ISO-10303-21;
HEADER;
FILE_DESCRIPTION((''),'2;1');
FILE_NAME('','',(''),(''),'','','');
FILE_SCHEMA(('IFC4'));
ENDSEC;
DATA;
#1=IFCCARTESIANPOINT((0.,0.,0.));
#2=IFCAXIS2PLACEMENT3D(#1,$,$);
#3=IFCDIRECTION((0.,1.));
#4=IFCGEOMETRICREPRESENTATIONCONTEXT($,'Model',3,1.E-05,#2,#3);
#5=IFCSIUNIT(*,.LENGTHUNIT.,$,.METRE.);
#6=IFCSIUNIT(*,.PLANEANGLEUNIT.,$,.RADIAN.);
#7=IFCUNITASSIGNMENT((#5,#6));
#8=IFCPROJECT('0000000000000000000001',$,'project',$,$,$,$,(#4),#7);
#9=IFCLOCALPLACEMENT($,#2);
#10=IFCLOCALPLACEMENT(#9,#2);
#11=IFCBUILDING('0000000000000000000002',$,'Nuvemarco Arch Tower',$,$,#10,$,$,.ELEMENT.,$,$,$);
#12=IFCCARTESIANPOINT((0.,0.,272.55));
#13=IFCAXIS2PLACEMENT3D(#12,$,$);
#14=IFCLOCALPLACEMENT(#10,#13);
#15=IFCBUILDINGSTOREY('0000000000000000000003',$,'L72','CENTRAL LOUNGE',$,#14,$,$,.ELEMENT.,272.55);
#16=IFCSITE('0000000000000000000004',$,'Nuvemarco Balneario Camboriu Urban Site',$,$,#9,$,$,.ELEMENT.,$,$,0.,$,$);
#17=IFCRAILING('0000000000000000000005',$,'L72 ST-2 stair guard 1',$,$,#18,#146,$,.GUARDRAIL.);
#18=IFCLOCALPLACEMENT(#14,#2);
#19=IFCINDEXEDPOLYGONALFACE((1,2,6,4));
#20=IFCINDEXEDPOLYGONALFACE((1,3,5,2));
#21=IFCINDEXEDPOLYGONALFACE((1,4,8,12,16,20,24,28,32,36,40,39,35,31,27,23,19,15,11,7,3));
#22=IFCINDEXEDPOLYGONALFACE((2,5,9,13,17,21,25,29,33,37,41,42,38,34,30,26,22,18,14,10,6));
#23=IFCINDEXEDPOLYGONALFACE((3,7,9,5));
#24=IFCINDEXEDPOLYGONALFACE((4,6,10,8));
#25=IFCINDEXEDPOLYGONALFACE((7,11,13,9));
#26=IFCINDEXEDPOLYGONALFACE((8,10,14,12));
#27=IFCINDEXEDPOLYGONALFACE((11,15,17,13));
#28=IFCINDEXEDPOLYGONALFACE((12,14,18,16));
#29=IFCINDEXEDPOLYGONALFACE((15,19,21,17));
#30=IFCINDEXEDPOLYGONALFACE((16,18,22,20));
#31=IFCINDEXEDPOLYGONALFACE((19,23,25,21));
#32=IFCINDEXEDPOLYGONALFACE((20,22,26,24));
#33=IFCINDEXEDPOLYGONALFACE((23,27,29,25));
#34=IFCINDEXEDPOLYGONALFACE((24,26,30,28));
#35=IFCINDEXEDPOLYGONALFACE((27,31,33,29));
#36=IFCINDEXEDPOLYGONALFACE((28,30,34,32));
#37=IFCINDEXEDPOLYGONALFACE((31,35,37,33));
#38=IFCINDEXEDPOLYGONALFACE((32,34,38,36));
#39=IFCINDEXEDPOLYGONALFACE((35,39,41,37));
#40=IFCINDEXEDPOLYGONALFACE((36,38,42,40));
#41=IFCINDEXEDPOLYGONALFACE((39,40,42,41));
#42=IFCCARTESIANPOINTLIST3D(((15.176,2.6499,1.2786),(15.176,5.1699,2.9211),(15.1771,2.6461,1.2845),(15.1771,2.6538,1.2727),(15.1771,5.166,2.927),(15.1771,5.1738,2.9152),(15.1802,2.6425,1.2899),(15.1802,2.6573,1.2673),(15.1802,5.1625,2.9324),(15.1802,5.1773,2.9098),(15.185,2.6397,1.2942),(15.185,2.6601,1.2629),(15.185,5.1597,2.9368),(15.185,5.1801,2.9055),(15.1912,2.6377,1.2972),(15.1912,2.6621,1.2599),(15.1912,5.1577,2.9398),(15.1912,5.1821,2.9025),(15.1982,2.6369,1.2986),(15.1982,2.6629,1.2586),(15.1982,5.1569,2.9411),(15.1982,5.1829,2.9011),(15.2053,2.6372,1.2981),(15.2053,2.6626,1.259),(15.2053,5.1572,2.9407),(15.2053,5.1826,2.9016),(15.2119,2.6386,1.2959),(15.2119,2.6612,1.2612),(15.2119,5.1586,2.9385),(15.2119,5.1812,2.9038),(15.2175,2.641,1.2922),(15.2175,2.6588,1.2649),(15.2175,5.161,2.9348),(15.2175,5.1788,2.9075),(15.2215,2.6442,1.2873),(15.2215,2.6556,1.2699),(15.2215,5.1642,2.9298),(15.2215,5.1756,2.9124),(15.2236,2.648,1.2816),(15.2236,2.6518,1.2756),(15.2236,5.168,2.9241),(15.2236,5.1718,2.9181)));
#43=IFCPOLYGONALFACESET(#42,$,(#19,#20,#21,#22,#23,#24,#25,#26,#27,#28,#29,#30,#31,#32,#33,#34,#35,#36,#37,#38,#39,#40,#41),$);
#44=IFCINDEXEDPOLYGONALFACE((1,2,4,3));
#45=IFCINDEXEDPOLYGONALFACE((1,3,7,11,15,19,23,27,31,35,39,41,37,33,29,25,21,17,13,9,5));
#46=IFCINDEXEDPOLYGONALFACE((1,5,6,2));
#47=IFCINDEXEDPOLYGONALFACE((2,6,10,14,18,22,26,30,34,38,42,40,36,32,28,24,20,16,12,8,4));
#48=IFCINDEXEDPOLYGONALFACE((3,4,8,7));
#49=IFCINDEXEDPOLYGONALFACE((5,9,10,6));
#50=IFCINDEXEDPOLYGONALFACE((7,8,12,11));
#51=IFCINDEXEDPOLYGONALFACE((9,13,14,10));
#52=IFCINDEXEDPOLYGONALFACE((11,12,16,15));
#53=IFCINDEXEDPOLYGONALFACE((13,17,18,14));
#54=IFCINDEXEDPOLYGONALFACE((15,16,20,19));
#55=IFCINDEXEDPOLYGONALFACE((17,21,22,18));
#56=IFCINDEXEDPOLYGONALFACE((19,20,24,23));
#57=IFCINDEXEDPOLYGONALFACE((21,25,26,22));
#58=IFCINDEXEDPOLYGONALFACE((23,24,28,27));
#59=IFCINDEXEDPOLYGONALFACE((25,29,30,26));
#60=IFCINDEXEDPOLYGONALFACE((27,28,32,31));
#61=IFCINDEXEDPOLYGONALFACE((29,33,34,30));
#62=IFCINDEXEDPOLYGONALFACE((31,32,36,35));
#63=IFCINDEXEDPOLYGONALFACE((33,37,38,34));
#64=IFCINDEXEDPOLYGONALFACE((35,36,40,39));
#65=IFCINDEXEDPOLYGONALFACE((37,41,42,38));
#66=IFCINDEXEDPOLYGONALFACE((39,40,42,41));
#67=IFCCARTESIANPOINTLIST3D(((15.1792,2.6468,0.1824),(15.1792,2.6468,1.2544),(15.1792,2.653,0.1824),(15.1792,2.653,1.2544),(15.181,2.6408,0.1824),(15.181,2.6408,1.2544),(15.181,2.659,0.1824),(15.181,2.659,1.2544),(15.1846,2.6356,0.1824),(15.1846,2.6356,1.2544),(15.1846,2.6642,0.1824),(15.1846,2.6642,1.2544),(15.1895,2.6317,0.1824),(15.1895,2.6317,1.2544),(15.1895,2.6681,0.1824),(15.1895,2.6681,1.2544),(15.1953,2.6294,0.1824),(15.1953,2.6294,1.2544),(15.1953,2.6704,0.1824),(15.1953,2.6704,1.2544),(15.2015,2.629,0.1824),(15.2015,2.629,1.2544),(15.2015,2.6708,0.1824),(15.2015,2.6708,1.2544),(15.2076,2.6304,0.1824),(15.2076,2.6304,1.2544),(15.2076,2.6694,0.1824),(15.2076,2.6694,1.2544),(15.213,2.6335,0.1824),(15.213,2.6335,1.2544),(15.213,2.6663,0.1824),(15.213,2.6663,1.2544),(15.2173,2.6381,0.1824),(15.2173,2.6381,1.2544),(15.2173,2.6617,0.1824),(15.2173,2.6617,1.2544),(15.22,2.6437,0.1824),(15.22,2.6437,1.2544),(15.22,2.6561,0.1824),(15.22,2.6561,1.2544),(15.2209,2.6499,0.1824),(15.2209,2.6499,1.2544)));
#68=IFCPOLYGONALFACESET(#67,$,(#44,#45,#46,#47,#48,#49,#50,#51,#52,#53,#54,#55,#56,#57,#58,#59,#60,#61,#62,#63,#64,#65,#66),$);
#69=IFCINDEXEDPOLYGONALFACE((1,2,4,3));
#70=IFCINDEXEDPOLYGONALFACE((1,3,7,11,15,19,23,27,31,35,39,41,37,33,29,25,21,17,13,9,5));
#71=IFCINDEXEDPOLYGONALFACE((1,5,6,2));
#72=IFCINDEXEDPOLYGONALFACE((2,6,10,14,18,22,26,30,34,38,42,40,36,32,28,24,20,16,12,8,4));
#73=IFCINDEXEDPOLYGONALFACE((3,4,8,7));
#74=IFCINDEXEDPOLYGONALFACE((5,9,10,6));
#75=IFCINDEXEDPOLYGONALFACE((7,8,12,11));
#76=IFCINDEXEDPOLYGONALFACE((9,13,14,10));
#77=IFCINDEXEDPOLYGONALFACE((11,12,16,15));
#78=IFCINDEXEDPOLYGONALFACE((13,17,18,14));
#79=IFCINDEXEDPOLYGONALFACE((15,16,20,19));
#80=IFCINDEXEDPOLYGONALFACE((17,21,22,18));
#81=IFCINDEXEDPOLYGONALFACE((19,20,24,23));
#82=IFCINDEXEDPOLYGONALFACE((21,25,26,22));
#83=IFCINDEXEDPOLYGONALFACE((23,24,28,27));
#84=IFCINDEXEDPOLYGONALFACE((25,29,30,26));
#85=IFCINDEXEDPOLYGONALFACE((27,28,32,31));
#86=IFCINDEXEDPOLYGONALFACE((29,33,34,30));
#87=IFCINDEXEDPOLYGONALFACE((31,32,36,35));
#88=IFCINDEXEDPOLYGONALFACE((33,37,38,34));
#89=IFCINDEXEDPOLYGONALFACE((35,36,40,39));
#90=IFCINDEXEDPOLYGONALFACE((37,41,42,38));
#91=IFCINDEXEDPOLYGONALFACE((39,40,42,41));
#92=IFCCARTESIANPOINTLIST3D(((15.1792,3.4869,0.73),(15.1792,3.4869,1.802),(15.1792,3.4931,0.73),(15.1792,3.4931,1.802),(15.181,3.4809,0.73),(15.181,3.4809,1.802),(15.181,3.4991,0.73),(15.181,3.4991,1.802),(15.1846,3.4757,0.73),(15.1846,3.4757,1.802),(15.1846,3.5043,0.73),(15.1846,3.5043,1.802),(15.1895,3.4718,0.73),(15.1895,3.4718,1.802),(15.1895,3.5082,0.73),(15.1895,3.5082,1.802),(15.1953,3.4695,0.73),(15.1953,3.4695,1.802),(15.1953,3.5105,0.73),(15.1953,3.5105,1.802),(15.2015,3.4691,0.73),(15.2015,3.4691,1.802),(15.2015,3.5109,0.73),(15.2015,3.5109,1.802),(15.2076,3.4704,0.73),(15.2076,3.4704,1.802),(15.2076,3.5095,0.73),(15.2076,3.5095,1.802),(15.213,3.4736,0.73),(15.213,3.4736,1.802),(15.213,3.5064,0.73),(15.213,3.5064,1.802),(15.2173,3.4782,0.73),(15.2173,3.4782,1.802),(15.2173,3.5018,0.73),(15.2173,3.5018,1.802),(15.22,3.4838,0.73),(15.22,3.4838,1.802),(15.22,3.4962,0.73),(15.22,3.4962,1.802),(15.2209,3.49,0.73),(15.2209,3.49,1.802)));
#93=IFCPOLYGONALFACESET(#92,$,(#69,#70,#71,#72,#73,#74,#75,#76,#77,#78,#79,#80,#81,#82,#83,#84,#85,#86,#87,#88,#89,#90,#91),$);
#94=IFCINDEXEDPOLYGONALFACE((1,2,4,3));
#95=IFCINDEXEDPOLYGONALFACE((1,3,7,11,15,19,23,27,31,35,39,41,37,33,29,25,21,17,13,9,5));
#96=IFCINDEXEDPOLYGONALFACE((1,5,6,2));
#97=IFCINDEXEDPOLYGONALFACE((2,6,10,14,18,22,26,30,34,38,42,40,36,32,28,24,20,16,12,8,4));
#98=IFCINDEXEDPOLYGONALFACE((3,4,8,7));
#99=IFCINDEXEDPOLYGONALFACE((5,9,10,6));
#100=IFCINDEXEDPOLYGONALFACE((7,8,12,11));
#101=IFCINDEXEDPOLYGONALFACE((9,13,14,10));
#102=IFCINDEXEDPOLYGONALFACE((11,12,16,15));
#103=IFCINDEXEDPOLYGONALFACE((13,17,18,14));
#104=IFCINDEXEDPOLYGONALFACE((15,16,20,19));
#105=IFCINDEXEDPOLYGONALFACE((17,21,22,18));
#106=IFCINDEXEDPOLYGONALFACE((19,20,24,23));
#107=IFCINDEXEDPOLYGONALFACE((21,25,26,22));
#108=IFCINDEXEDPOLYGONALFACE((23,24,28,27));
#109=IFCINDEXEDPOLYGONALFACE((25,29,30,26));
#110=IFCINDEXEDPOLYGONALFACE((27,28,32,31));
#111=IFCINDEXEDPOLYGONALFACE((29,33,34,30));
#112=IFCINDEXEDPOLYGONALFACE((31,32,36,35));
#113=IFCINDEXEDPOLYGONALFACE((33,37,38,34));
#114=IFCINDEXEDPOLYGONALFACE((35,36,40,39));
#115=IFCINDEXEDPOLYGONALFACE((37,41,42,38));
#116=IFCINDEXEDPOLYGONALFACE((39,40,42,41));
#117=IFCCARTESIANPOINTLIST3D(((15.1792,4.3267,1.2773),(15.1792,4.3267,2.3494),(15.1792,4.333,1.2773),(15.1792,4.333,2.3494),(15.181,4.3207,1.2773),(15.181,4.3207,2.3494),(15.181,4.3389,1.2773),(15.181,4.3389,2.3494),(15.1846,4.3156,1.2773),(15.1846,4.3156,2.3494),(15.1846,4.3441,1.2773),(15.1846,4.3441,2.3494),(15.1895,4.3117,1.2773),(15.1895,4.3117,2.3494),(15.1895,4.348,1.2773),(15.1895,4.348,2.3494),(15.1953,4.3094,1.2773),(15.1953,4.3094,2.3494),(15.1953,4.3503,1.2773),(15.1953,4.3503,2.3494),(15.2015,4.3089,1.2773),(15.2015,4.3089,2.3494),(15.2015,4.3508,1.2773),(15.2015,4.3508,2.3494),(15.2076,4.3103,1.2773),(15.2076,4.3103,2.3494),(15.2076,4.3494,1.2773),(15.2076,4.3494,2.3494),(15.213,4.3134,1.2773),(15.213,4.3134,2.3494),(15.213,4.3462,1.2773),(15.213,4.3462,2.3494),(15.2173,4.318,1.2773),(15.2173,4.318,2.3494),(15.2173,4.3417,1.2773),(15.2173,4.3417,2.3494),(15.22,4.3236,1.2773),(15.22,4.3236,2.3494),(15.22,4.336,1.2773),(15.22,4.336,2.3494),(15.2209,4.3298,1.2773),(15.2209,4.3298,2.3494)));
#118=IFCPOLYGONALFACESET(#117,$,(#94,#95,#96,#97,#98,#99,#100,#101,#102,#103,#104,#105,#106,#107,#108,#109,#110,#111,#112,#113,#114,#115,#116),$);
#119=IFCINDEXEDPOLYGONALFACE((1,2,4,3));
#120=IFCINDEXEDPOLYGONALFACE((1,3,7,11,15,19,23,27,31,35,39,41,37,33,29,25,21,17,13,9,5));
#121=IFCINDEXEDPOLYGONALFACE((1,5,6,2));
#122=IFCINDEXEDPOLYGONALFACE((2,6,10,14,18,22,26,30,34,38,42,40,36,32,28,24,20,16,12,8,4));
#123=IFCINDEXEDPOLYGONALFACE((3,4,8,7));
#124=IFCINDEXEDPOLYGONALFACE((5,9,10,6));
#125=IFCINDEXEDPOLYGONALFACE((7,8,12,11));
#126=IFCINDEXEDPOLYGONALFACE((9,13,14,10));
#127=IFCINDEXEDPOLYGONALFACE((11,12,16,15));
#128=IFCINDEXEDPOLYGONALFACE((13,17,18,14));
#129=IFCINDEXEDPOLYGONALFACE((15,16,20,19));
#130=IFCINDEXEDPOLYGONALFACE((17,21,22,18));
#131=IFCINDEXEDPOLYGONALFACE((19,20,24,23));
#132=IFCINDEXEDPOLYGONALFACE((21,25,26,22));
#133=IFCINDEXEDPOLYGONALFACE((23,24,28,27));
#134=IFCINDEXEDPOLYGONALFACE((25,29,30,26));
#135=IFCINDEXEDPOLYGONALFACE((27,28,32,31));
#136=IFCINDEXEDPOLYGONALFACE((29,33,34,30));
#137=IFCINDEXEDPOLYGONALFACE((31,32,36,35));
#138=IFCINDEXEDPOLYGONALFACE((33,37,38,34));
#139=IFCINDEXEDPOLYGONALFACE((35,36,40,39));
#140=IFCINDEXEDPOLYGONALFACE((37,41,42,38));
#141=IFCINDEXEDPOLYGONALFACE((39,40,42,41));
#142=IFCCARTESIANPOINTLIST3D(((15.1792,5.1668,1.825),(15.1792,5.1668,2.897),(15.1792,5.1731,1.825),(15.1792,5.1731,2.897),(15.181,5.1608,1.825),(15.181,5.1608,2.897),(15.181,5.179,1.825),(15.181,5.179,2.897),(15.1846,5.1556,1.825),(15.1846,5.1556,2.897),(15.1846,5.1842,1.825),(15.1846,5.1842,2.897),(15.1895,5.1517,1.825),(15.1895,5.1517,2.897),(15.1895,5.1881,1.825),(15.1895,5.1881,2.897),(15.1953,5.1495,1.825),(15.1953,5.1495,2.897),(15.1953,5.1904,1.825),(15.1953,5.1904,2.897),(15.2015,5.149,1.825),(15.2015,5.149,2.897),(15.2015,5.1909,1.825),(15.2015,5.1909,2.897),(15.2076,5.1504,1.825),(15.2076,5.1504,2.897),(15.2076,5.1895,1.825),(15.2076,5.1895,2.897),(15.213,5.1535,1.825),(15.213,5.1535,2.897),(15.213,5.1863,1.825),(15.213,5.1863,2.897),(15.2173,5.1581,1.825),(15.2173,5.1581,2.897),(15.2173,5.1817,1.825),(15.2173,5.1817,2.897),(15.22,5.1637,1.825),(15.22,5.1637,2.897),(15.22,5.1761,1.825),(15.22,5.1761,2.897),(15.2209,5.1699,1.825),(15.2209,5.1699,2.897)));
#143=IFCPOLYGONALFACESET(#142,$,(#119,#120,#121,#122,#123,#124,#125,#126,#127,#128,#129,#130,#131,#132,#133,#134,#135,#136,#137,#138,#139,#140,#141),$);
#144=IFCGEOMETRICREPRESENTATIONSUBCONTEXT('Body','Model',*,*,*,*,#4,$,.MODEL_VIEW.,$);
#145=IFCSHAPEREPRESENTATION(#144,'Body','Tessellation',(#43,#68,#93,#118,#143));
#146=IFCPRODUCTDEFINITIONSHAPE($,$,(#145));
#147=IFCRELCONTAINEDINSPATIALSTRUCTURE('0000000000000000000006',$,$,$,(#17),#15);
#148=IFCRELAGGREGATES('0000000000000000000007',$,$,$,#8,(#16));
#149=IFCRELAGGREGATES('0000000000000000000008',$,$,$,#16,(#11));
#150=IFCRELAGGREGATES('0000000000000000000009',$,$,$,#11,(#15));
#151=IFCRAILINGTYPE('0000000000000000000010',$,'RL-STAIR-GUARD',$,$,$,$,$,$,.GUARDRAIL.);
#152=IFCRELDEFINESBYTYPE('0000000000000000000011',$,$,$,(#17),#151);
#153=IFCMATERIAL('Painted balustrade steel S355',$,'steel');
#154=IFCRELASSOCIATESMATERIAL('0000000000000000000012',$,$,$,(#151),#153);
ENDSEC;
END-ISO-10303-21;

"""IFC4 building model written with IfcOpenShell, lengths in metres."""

from ifc_helpers import new_model, si_unit, direction, frame, origin, origin_2d, place, context, subcontext, project, spatial, circle, extrude, material, type_object, element, save


model = new_model("IFC4")

# Units and contexts
model_context = context("Model", 3, precision=1e-05, world=origin(), true_north=direction((0.0, 1.0)))
body_context = subcontext(model_context, "Body", "Model", "MODEL_VIEW")
ifc_project = project(units=[si_unit("LENGTHUNIT", "METRE"), si_unit("PLANEANGLEUNIT", "RADIAN")], contexts=[model_context])

# Site, building, storey
site_placement = place(None, origin())
site = spatial("IfcSite", under=ifc_project, at=site_placement, Name="Nuvemarco Balneario Camboriu Urban Site", CompositionType="ELEMENT", RefElevation=0.0)
building_placement = place(site_placement, origin())
building = spatial("IfcBuilding", under=site, at=building_placement, Name="Nuvemarco Arch Tower", CompositionType="ELEMENT")
storey_placement = place(building_placement, frame((0.0, 0.0, 272.55)))
storey = spatial("IfcBuildingStorey", under=building, at=storey_placement, Name="L72", Description="CENTRAL LOUNGE", CompositionType="ELEMENT", Elevation=272.55)

# Railing
ifc_material_1 = material(Name="Painted balustrade steel S355", Category="steel")
railing_type_1 = type_object("IfcRailingType", Name="RL-STAIR-GUARD", PredefinedType="GUARDRAIL", material=ifc_material_1)
railing_1_placement = place(storey_placement, frame((15.2, 2.6499, 0.1824)))
element("IfcRailing", 1, at=railing_1_placement, inside=storey, type_object=railing_type_1, Name="L72 ST-2 stair guard 1", PredefinedType="GUARDRAIL", context=body_context, shape_type="SweptSolid", body=[
    extrude(circle(Radius=0.0239, at=origin_2d()), frame((0.0, 0.0, 1.0962), z_axis=(0.0, 0.837749, 0.546055), x_axis=(-1.0, 0.0, 0.0)), (0.0, 0.0, 1.0), 3.0081),
    extrude(circle(Radius=0.021, at=origin_2d()), origin(), (0.0, 0.0, 1.0), 1.072),
    extrude(circle(Radius=0.021, at=origin_2d()), frame((0.0, 0.8401, 0.5476)), (0.0, 0.0, 1.0), 1.072),
    extrude(circle(Radius=0.021, at=origin_2d()), frame((0.0, 1.6799, 1.095)), (0.0, 0.0, 1.0), 1.072),
    extrude(circle(Radius=0.021, at=origin_2d()), frame((0.0, 2.52, 1.6426)), (0.0, 0.0, 1.0), 1.072),
])

save(model, "model.ifc")
